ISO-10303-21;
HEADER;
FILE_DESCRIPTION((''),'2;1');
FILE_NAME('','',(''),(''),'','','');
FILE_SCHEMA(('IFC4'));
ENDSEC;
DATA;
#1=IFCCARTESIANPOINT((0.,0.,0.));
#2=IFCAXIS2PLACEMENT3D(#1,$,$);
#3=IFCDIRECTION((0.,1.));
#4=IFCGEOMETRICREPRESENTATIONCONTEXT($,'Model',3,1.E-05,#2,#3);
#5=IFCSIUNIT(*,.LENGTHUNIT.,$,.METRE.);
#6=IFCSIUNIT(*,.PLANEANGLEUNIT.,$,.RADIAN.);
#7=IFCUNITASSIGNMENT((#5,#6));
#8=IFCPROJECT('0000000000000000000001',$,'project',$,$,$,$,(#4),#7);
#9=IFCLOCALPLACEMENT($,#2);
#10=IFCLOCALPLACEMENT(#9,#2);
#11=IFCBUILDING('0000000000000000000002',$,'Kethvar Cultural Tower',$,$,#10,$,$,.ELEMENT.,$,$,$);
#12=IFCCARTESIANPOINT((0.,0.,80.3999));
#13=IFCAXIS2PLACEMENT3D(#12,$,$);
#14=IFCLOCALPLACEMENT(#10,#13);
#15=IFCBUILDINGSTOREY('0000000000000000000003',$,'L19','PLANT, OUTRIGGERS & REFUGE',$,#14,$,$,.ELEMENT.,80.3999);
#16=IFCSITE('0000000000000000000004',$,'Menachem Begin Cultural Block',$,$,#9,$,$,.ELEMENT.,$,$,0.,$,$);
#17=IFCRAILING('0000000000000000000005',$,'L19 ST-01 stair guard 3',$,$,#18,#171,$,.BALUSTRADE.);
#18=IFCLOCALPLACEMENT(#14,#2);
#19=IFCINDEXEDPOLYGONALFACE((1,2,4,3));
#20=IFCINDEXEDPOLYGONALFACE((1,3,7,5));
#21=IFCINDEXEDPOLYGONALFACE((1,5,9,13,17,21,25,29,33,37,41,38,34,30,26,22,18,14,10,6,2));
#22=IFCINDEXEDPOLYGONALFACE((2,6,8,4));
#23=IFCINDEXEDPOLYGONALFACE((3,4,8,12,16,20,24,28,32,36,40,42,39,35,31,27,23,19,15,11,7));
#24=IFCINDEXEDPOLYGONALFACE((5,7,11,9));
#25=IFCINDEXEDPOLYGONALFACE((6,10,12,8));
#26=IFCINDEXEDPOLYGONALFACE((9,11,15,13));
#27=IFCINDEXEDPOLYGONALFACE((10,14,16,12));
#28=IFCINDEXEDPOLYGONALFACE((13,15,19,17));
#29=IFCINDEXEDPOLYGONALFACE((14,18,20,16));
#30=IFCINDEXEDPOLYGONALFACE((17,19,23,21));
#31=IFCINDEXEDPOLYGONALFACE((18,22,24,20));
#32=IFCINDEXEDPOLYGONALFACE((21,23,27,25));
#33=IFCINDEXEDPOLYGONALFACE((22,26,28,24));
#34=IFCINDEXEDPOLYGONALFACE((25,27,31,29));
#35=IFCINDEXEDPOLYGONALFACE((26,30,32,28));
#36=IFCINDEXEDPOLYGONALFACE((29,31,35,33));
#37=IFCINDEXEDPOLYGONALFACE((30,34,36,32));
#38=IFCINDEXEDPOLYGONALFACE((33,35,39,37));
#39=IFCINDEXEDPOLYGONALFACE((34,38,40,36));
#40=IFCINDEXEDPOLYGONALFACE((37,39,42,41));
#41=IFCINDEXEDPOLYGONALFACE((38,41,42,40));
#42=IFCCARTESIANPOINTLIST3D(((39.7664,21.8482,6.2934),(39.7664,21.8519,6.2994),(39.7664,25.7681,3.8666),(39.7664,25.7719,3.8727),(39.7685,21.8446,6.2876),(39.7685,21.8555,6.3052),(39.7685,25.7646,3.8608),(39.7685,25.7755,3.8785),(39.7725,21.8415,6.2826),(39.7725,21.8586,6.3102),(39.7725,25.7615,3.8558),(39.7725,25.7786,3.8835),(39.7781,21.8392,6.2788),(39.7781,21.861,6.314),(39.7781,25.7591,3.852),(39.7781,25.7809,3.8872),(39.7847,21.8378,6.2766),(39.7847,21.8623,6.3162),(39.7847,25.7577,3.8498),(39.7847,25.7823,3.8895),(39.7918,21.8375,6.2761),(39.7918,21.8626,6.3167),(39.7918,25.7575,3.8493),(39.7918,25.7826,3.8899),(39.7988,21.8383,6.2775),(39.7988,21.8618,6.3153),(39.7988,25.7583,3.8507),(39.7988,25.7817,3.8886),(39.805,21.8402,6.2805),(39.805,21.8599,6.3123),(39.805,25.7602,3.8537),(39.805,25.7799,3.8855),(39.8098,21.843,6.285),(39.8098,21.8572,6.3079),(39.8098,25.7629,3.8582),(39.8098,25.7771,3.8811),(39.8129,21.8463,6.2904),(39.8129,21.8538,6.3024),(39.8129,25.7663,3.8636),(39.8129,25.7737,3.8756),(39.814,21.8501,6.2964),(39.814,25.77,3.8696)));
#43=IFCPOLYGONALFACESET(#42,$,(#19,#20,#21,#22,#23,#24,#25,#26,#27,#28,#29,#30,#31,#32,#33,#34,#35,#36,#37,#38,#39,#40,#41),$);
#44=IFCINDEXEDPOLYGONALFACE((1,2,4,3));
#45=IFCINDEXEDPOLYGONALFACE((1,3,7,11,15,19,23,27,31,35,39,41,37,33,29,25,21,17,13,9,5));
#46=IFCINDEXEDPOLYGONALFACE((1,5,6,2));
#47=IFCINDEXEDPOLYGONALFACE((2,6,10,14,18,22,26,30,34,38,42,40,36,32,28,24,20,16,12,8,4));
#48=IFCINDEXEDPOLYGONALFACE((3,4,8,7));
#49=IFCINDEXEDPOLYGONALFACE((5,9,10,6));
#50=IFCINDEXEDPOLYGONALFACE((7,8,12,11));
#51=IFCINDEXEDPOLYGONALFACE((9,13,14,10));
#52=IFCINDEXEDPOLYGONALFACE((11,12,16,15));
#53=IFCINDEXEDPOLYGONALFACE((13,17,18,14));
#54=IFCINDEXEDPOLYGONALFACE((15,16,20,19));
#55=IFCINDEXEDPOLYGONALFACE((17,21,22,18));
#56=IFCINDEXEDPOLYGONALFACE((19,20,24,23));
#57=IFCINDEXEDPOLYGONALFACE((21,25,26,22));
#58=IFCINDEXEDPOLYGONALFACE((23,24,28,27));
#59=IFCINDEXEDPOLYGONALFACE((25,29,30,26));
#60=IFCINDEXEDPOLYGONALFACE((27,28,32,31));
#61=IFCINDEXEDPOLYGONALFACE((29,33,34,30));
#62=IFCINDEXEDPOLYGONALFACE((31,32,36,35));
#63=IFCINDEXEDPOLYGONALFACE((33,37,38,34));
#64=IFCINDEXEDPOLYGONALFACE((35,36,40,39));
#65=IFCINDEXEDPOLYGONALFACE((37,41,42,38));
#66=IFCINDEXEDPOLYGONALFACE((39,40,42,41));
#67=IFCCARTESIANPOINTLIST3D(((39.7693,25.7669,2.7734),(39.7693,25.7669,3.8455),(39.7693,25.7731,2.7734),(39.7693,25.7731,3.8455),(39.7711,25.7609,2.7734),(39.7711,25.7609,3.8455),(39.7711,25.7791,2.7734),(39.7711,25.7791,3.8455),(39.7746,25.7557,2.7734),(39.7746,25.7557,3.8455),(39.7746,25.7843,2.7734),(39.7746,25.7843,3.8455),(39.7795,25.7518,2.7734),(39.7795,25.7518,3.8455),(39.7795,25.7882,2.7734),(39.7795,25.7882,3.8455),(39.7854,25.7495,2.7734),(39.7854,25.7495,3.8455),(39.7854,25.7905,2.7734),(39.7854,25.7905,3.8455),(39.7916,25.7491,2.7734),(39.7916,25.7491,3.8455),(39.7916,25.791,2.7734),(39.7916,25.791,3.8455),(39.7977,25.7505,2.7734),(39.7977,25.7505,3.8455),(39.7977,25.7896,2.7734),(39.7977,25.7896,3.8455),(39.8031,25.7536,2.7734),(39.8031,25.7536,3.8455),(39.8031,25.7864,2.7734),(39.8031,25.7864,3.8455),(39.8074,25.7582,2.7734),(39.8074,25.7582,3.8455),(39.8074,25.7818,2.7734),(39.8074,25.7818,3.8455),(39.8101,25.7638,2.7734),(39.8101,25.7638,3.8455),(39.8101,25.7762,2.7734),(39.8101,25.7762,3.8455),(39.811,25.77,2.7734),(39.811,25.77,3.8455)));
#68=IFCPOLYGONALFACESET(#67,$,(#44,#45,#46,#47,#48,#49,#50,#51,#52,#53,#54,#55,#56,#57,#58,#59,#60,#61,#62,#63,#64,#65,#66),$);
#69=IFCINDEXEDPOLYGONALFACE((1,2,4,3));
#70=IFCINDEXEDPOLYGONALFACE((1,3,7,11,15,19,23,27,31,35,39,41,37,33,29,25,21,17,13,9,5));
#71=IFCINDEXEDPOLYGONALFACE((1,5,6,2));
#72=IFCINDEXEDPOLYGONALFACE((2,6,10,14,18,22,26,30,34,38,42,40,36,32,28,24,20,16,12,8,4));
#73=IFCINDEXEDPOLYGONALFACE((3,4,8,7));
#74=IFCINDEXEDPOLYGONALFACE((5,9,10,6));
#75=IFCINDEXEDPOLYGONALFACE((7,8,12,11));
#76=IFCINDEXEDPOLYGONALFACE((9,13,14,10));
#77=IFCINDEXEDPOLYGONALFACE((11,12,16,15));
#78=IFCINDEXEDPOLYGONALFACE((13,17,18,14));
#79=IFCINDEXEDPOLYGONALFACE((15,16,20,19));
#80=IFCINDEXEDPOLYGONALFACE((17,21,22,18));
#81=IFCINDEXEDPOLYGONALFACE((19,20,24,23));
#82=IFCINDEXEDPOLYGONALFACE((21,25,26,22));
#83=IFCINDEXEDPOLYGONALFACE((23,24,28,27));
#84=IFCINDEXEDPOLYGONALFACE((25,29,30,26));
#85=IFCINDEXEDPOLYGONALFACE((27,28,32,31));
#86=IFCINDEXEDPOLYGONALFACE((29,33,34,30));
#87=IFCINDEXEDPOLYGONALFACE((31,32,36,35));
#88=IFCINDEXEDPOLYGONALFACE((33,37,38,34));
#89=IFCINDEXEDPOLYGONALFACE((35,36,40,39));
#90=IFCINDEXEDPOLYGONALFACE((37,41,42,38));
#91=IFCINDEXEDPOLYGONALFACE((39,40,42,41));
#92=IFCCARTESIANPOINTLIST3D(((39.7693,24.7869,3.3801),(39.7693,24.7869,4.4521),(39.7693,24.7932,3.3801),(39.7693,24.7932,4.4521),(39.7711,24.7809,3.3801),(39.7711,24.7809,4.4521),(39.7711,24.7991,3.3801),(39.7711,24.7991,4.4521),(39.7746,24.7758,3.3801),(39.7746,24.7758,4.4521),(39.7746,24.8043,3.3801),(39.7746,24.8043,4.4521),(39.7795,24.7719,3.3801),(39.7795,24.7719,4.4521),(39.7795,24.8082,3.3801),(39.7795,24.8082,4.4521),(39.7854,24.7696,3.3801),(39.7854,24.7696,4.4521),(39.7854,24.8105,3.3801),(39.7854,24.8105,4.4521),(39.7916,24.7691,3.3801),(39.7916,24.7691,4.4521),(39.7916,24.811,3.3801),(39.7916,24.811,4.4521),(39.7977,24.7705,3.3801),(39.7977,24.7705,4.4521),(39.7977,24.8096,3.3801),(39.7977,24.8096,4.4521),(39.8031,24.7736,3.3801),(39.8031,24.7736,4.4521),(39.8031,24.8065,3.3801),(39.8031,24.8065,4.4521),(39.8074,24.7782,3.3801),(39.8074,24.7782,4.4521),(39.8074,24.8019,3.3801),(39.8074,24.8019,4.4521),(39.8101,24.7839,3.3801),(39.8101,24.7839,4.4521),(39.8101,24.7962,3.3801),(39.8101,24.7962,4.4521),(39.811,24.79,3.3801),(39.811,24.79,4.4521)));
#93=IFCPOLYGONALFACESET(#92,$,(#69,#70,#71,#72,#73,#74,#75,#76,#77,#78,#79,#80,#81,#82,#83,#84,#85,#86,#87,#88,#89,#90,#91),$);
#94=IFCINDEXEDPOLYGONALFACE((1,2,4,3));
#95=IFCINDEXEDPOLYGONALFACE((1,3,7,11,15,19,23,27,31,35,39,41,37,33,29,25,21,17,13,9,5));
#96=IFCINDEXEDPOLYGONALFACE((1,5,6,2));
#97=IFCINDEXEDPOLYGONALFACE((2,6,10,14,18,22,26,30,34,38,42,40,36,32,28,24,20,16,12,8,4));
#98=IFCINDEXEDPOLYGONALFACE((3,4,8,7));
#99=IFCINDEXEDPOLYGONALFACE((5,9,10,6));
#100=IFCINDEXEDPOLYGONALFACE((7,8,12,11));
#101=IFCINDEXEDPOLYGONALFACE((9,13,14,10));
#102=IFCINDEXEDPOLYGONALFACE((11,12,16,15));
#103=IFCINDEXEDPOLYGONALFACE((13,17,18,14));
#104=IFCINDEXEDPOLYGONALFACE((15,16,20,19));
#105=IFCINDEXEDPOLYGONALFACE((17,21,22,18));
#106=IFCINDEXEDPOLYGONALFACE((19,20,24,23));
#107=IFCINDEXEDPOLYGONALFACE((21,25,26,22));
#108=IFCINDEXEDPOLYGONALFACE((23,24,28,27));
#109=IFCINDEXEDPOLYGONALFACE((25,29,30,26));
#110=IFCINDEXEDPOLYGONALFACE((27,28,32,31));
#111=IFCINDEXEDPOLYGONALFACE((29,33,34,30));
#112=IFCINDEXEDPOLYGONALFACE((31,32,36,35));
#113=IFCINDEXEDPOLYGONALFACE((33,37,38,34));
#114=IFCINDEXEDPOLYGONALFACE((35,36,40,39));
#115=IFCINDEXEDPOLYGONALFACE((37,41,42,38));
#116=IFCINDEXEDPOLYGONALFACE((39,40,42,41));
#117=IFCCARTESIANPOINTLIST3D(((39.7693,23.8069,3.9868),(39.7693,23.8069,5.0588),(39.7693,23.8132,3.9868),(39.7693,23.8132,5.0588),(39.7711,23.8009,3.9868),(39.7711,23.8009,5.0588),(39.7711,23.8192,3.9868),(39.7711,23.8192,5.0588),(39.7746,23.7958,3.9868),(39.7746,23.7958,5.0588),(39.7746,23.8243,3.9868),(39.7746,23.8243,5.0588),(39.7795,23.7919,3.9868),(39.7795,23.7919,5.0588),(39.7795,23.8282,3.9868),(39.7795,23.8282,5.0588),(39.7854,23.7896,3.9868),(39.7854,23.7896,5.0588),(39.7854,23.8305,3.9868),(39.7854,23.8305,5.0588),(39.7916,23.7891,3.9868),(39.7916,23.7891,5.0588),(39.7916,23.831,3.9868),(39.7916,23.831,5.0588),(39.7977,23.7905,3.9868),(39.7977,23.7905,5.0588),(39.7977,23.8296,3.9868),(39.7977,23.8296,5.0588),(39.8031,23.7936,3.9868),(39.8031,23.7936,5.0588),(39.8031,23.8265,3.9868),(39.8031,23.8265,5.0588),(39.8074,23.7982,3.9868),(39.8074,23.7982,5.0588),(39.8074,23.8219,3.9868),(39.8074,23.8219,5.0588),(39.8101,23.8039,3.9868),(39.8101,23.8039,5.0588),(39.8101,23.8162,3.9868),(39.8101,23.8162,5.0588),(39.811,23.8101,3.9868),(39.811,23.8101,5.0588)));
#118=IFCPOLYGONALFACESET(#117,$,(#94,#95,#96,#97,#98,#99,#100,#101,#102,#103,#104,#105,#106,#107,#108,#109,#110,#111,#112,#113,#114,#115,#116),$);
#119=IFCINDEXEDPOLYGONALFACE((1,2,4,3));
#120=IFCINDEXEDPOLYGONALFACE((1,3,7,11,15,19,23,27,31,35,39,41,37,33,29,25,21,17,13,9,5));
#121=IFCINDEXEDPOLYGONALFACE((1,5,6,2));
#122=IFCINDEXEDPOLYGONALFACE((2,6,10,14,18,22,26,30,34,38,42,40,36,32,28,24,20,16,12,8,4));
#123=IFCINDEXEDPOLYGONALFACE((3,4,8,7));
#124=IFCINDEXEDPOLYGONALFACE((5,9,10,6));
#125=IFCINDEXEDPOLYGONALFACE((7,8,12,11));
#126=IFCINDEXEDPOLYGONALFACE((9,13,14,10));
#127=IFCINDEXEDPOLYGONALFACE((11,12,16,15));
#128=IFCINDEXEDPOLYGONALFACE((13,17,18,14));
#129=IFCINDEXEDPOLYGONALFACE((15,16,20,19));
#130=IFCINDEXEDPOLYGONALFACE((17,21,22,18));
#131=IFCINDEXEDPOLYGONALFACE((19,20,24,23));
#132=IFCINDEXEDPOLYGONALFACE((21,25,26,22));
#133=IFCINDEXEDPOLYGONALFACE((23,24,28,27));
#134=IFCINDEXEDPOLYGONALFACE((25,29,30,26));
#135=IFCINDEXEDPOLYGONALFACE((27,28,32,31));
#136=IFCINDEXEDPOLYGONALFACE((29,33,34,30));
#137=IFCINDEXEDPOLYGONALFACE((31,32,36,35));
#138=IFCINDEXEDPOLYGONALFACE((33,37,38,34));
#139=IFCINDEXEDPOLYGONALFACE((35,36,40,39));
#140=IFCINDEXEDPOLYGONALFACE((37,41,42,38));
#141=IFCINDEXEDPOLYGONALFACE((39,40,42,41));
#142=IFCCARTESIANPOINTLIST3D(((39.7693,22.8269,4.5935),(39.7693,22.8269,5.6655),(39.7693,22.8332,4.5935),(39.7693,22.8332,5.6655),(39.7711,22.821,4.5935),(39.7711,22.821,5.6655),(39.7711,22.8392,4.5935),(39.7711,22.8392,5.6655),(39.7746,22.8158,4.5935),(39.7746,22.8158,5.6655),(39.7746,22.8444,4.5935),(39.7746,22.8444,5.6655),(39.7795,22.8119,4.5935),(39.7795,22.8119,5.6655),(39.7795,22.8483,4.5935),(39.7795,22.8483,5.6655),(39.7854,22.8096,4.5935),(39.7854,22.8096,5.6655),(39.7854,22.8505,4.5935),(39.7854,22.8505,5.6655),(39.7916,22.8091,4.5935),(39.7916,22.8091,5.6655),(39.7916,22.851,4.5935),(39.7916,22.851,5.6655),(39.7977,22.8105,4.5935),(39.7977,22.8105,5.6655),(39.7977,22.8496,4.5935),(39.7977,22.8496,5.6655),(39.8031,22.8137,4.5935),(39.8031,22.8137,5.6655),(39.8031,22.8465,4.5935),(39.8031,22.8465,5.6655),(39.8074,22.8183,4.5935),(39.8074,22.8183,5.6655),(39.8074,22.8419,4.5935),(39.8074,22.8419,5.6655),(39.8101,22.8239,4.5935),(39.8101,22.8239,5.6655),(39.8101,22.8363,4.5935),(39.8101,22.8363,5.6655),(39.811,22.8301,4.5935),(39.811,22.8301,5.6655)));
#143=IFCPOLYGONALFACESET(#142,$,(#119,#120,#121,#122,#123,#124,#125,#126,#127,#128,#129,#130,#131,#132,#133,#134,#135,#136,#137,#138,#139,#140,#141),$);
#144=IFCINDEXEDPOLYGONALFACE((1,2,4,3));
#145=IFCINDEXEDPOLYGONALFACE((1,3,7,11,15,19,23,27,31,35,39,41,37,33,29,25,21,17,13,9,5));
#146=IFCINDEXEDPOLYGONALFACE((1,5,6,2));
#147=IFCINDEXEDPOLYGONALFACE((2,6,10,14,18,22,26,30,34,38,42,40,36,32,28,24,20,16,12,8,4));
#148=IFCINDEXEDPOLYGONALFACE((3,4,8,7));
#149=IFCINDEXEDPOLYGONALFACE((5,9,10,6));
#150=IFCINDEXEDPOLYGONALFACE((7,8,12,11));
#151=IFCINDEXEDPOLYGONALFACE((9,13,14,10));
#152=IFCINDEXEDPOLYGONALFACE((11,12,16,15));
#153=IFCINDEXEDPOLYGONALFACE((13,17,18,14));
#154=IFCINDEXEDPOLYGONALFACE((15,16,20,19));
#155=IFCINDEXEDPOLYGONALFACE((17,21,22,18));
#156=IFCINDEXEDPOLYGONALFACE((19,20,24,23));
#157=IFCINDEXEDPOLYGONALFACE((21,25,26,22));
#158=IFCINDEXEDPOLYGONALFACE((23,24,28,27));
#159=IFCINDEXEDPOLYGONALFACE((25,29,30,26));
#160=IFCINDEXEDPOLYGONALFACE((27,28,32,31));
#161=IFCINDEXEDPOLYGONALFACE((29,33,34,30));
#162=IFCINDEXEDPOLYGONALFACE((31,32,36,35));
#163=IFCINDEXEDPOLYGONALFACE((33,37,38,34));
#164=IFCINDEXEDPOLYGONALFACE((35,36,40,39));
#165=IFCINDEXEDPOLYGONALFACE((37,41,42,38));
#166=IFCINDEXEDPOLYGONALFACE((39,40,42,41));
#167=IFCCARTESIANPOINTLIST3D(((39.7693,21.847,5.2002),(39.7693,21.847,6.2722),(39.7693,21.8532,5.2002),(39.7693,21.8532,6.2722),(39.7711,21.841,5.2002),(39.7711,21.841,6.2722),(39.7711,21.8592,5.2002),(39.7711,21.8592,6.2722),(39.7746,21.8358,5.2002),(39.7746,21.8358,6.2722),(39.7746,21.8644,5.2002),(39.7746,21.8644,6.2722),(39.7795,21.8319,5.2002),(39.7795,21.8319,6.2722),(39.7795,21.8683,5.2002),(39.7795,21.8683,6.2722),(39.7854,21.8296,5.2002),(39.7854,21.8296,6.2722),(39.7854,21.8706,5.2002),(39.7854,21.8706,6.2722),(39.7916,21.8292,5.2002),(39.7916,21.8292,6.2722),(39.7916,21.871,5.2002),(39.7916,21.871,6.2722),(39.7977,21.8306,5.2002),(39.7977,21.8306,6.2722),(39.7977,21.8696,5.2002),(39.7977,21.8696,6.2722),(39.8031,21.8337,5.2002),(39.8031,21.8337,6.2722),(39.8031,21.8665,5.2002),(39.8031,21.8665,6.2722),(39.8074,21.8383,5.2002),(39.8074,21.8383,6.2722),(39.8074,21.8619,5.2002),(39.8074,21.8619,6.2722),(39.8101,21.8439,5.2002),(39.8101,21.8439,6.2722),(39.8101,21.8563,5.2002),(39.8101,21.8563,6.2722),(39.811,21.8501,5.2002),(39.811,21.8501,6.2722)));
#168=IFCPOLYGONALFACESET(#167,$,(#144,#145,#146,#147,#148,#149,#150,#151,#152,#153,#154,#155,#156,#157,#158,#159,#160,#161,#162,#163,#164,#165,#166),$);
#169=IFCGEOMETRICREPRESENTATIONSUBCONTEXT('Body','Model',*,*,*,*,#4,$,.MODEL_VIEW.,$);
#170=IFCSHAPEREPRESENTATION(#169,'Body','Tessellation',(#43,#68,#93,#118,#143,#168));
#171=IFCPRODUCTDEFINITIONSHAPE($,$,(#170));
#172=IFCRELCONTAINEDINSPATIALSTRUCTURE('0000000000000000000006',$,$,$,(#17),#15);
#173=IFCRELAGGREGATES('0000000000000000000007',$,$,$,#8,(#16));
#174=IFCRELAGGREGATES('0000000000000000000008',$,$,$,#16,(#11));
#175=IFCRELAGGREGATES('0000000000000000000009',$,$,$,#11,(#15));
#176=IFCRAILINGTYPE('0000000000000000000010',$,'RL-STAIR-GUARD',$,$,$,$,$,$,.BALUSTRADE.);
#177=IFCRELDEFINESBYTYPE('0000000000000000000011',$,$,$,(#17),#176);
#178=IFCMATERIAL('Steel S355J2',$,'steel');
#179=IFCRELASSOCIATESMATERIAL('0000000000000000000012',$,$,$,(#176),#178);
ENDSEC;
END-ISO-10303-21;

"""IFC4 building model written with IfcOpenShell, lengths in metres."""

from ifc_helpers import new_model, si_unit, direction, frame, origin, origin_2d, place, context, subcontext, project, spatial, circle, extrude, material, type_object, element, save


model = new_model("IFC4")

# Units and contexts
model_context = context("Model", 3, precision=1e-05, world=origin(), true_north=direction((0.0, 1.0)))
body_context = subcontext(model_context, "Body", "Model", "MODEL_VIEW")
ifc_project = project(units=[si_unit("LENGTHUNIT", "METRE"), si_unit("PLANEANGLEUNIT", "RADIAN")], contexts=[model_context])

# Site, building, storey
site_placement = place(None, origin())
site = spatial("IfcSite", under=ifc_project, at=site_placement, Name="Menachem Begin Cultural Block", CompositionType="ELEMENT", RefElevation=0.0)
building_placement = place(site_placement, origin())
building = spatial("IfcBuilding", under=site, at=building_placement, Name="Kethvar Cultural Tower", CompositionType="ELEMENT")
storey_placement = place(building_placement, frame((0.0, 0.0, 80.3999)))
storey = spatial("IfcBuildingStorey", under=building, at=storey_placement, Name="L19", Description="PLANT, OUTRIGGERS & REFUGE", CompositionType="ELEMENT", Elevation=80.3999)

# Shared definitions
ifc_material_1 = material(Name="Steel S355J2", Category="steel")

# Railing
railing_type_1 = type_object("IfcRailingType", Name="RL-STAIR-GUARD", PredefinedType="BALUSTRADE", material=ifc_material_1)
railing_1_placement = place(storey_placement, frame((39.79, 25.77, 2.7734)))
element("IfcRailing", 1, at=railing_1_placement, inside=storey, type_object=railing_type_1, Name="L19 ST-01 stair guard 3", PredefinedType="BALUSTRADE", context=body_context, shape_type="SweptSolid", body=[
    extrude(circle(Radius=0.0239, at=origin_2d()), frame((0.0, 0.0, 1.0962), z_axis=(0.0, -0.850252, 0.526376), x_axis=(1.0, 0.0, 0.0)), (0.0, 0.0, 1.0), 4.6104),
    extrude(circle(Radius=0.021, at=origin_2d()), origin(), (0.0, 0.0, 1.0), 1.072),
    extrude(circle(Radius=0.021, at=origin_2d()), frame((0.0, -0.98, 0.6067)), (0.0, 0.0, 1.0), 1.072),
    extrude(circle(Radius=0.021, at=origin_2d()), frame((0.0, -1.96, 1.2134)), (0.0, 0.0, 1.0), 1.072),
    extrude(circle(Radius=0.021, at=origin_2d()), frame((0.0, -2.9399, 1.8201)), (0.0, 0.0, 1.0), 1.072),
    extrude(circle(Radius=0.021, at=origin_2d()), frame((0.0, -3.9199, 2.4268)), (0.0, 0.0, 1.0), 1.072),
])

save(model, "model.ifc")
